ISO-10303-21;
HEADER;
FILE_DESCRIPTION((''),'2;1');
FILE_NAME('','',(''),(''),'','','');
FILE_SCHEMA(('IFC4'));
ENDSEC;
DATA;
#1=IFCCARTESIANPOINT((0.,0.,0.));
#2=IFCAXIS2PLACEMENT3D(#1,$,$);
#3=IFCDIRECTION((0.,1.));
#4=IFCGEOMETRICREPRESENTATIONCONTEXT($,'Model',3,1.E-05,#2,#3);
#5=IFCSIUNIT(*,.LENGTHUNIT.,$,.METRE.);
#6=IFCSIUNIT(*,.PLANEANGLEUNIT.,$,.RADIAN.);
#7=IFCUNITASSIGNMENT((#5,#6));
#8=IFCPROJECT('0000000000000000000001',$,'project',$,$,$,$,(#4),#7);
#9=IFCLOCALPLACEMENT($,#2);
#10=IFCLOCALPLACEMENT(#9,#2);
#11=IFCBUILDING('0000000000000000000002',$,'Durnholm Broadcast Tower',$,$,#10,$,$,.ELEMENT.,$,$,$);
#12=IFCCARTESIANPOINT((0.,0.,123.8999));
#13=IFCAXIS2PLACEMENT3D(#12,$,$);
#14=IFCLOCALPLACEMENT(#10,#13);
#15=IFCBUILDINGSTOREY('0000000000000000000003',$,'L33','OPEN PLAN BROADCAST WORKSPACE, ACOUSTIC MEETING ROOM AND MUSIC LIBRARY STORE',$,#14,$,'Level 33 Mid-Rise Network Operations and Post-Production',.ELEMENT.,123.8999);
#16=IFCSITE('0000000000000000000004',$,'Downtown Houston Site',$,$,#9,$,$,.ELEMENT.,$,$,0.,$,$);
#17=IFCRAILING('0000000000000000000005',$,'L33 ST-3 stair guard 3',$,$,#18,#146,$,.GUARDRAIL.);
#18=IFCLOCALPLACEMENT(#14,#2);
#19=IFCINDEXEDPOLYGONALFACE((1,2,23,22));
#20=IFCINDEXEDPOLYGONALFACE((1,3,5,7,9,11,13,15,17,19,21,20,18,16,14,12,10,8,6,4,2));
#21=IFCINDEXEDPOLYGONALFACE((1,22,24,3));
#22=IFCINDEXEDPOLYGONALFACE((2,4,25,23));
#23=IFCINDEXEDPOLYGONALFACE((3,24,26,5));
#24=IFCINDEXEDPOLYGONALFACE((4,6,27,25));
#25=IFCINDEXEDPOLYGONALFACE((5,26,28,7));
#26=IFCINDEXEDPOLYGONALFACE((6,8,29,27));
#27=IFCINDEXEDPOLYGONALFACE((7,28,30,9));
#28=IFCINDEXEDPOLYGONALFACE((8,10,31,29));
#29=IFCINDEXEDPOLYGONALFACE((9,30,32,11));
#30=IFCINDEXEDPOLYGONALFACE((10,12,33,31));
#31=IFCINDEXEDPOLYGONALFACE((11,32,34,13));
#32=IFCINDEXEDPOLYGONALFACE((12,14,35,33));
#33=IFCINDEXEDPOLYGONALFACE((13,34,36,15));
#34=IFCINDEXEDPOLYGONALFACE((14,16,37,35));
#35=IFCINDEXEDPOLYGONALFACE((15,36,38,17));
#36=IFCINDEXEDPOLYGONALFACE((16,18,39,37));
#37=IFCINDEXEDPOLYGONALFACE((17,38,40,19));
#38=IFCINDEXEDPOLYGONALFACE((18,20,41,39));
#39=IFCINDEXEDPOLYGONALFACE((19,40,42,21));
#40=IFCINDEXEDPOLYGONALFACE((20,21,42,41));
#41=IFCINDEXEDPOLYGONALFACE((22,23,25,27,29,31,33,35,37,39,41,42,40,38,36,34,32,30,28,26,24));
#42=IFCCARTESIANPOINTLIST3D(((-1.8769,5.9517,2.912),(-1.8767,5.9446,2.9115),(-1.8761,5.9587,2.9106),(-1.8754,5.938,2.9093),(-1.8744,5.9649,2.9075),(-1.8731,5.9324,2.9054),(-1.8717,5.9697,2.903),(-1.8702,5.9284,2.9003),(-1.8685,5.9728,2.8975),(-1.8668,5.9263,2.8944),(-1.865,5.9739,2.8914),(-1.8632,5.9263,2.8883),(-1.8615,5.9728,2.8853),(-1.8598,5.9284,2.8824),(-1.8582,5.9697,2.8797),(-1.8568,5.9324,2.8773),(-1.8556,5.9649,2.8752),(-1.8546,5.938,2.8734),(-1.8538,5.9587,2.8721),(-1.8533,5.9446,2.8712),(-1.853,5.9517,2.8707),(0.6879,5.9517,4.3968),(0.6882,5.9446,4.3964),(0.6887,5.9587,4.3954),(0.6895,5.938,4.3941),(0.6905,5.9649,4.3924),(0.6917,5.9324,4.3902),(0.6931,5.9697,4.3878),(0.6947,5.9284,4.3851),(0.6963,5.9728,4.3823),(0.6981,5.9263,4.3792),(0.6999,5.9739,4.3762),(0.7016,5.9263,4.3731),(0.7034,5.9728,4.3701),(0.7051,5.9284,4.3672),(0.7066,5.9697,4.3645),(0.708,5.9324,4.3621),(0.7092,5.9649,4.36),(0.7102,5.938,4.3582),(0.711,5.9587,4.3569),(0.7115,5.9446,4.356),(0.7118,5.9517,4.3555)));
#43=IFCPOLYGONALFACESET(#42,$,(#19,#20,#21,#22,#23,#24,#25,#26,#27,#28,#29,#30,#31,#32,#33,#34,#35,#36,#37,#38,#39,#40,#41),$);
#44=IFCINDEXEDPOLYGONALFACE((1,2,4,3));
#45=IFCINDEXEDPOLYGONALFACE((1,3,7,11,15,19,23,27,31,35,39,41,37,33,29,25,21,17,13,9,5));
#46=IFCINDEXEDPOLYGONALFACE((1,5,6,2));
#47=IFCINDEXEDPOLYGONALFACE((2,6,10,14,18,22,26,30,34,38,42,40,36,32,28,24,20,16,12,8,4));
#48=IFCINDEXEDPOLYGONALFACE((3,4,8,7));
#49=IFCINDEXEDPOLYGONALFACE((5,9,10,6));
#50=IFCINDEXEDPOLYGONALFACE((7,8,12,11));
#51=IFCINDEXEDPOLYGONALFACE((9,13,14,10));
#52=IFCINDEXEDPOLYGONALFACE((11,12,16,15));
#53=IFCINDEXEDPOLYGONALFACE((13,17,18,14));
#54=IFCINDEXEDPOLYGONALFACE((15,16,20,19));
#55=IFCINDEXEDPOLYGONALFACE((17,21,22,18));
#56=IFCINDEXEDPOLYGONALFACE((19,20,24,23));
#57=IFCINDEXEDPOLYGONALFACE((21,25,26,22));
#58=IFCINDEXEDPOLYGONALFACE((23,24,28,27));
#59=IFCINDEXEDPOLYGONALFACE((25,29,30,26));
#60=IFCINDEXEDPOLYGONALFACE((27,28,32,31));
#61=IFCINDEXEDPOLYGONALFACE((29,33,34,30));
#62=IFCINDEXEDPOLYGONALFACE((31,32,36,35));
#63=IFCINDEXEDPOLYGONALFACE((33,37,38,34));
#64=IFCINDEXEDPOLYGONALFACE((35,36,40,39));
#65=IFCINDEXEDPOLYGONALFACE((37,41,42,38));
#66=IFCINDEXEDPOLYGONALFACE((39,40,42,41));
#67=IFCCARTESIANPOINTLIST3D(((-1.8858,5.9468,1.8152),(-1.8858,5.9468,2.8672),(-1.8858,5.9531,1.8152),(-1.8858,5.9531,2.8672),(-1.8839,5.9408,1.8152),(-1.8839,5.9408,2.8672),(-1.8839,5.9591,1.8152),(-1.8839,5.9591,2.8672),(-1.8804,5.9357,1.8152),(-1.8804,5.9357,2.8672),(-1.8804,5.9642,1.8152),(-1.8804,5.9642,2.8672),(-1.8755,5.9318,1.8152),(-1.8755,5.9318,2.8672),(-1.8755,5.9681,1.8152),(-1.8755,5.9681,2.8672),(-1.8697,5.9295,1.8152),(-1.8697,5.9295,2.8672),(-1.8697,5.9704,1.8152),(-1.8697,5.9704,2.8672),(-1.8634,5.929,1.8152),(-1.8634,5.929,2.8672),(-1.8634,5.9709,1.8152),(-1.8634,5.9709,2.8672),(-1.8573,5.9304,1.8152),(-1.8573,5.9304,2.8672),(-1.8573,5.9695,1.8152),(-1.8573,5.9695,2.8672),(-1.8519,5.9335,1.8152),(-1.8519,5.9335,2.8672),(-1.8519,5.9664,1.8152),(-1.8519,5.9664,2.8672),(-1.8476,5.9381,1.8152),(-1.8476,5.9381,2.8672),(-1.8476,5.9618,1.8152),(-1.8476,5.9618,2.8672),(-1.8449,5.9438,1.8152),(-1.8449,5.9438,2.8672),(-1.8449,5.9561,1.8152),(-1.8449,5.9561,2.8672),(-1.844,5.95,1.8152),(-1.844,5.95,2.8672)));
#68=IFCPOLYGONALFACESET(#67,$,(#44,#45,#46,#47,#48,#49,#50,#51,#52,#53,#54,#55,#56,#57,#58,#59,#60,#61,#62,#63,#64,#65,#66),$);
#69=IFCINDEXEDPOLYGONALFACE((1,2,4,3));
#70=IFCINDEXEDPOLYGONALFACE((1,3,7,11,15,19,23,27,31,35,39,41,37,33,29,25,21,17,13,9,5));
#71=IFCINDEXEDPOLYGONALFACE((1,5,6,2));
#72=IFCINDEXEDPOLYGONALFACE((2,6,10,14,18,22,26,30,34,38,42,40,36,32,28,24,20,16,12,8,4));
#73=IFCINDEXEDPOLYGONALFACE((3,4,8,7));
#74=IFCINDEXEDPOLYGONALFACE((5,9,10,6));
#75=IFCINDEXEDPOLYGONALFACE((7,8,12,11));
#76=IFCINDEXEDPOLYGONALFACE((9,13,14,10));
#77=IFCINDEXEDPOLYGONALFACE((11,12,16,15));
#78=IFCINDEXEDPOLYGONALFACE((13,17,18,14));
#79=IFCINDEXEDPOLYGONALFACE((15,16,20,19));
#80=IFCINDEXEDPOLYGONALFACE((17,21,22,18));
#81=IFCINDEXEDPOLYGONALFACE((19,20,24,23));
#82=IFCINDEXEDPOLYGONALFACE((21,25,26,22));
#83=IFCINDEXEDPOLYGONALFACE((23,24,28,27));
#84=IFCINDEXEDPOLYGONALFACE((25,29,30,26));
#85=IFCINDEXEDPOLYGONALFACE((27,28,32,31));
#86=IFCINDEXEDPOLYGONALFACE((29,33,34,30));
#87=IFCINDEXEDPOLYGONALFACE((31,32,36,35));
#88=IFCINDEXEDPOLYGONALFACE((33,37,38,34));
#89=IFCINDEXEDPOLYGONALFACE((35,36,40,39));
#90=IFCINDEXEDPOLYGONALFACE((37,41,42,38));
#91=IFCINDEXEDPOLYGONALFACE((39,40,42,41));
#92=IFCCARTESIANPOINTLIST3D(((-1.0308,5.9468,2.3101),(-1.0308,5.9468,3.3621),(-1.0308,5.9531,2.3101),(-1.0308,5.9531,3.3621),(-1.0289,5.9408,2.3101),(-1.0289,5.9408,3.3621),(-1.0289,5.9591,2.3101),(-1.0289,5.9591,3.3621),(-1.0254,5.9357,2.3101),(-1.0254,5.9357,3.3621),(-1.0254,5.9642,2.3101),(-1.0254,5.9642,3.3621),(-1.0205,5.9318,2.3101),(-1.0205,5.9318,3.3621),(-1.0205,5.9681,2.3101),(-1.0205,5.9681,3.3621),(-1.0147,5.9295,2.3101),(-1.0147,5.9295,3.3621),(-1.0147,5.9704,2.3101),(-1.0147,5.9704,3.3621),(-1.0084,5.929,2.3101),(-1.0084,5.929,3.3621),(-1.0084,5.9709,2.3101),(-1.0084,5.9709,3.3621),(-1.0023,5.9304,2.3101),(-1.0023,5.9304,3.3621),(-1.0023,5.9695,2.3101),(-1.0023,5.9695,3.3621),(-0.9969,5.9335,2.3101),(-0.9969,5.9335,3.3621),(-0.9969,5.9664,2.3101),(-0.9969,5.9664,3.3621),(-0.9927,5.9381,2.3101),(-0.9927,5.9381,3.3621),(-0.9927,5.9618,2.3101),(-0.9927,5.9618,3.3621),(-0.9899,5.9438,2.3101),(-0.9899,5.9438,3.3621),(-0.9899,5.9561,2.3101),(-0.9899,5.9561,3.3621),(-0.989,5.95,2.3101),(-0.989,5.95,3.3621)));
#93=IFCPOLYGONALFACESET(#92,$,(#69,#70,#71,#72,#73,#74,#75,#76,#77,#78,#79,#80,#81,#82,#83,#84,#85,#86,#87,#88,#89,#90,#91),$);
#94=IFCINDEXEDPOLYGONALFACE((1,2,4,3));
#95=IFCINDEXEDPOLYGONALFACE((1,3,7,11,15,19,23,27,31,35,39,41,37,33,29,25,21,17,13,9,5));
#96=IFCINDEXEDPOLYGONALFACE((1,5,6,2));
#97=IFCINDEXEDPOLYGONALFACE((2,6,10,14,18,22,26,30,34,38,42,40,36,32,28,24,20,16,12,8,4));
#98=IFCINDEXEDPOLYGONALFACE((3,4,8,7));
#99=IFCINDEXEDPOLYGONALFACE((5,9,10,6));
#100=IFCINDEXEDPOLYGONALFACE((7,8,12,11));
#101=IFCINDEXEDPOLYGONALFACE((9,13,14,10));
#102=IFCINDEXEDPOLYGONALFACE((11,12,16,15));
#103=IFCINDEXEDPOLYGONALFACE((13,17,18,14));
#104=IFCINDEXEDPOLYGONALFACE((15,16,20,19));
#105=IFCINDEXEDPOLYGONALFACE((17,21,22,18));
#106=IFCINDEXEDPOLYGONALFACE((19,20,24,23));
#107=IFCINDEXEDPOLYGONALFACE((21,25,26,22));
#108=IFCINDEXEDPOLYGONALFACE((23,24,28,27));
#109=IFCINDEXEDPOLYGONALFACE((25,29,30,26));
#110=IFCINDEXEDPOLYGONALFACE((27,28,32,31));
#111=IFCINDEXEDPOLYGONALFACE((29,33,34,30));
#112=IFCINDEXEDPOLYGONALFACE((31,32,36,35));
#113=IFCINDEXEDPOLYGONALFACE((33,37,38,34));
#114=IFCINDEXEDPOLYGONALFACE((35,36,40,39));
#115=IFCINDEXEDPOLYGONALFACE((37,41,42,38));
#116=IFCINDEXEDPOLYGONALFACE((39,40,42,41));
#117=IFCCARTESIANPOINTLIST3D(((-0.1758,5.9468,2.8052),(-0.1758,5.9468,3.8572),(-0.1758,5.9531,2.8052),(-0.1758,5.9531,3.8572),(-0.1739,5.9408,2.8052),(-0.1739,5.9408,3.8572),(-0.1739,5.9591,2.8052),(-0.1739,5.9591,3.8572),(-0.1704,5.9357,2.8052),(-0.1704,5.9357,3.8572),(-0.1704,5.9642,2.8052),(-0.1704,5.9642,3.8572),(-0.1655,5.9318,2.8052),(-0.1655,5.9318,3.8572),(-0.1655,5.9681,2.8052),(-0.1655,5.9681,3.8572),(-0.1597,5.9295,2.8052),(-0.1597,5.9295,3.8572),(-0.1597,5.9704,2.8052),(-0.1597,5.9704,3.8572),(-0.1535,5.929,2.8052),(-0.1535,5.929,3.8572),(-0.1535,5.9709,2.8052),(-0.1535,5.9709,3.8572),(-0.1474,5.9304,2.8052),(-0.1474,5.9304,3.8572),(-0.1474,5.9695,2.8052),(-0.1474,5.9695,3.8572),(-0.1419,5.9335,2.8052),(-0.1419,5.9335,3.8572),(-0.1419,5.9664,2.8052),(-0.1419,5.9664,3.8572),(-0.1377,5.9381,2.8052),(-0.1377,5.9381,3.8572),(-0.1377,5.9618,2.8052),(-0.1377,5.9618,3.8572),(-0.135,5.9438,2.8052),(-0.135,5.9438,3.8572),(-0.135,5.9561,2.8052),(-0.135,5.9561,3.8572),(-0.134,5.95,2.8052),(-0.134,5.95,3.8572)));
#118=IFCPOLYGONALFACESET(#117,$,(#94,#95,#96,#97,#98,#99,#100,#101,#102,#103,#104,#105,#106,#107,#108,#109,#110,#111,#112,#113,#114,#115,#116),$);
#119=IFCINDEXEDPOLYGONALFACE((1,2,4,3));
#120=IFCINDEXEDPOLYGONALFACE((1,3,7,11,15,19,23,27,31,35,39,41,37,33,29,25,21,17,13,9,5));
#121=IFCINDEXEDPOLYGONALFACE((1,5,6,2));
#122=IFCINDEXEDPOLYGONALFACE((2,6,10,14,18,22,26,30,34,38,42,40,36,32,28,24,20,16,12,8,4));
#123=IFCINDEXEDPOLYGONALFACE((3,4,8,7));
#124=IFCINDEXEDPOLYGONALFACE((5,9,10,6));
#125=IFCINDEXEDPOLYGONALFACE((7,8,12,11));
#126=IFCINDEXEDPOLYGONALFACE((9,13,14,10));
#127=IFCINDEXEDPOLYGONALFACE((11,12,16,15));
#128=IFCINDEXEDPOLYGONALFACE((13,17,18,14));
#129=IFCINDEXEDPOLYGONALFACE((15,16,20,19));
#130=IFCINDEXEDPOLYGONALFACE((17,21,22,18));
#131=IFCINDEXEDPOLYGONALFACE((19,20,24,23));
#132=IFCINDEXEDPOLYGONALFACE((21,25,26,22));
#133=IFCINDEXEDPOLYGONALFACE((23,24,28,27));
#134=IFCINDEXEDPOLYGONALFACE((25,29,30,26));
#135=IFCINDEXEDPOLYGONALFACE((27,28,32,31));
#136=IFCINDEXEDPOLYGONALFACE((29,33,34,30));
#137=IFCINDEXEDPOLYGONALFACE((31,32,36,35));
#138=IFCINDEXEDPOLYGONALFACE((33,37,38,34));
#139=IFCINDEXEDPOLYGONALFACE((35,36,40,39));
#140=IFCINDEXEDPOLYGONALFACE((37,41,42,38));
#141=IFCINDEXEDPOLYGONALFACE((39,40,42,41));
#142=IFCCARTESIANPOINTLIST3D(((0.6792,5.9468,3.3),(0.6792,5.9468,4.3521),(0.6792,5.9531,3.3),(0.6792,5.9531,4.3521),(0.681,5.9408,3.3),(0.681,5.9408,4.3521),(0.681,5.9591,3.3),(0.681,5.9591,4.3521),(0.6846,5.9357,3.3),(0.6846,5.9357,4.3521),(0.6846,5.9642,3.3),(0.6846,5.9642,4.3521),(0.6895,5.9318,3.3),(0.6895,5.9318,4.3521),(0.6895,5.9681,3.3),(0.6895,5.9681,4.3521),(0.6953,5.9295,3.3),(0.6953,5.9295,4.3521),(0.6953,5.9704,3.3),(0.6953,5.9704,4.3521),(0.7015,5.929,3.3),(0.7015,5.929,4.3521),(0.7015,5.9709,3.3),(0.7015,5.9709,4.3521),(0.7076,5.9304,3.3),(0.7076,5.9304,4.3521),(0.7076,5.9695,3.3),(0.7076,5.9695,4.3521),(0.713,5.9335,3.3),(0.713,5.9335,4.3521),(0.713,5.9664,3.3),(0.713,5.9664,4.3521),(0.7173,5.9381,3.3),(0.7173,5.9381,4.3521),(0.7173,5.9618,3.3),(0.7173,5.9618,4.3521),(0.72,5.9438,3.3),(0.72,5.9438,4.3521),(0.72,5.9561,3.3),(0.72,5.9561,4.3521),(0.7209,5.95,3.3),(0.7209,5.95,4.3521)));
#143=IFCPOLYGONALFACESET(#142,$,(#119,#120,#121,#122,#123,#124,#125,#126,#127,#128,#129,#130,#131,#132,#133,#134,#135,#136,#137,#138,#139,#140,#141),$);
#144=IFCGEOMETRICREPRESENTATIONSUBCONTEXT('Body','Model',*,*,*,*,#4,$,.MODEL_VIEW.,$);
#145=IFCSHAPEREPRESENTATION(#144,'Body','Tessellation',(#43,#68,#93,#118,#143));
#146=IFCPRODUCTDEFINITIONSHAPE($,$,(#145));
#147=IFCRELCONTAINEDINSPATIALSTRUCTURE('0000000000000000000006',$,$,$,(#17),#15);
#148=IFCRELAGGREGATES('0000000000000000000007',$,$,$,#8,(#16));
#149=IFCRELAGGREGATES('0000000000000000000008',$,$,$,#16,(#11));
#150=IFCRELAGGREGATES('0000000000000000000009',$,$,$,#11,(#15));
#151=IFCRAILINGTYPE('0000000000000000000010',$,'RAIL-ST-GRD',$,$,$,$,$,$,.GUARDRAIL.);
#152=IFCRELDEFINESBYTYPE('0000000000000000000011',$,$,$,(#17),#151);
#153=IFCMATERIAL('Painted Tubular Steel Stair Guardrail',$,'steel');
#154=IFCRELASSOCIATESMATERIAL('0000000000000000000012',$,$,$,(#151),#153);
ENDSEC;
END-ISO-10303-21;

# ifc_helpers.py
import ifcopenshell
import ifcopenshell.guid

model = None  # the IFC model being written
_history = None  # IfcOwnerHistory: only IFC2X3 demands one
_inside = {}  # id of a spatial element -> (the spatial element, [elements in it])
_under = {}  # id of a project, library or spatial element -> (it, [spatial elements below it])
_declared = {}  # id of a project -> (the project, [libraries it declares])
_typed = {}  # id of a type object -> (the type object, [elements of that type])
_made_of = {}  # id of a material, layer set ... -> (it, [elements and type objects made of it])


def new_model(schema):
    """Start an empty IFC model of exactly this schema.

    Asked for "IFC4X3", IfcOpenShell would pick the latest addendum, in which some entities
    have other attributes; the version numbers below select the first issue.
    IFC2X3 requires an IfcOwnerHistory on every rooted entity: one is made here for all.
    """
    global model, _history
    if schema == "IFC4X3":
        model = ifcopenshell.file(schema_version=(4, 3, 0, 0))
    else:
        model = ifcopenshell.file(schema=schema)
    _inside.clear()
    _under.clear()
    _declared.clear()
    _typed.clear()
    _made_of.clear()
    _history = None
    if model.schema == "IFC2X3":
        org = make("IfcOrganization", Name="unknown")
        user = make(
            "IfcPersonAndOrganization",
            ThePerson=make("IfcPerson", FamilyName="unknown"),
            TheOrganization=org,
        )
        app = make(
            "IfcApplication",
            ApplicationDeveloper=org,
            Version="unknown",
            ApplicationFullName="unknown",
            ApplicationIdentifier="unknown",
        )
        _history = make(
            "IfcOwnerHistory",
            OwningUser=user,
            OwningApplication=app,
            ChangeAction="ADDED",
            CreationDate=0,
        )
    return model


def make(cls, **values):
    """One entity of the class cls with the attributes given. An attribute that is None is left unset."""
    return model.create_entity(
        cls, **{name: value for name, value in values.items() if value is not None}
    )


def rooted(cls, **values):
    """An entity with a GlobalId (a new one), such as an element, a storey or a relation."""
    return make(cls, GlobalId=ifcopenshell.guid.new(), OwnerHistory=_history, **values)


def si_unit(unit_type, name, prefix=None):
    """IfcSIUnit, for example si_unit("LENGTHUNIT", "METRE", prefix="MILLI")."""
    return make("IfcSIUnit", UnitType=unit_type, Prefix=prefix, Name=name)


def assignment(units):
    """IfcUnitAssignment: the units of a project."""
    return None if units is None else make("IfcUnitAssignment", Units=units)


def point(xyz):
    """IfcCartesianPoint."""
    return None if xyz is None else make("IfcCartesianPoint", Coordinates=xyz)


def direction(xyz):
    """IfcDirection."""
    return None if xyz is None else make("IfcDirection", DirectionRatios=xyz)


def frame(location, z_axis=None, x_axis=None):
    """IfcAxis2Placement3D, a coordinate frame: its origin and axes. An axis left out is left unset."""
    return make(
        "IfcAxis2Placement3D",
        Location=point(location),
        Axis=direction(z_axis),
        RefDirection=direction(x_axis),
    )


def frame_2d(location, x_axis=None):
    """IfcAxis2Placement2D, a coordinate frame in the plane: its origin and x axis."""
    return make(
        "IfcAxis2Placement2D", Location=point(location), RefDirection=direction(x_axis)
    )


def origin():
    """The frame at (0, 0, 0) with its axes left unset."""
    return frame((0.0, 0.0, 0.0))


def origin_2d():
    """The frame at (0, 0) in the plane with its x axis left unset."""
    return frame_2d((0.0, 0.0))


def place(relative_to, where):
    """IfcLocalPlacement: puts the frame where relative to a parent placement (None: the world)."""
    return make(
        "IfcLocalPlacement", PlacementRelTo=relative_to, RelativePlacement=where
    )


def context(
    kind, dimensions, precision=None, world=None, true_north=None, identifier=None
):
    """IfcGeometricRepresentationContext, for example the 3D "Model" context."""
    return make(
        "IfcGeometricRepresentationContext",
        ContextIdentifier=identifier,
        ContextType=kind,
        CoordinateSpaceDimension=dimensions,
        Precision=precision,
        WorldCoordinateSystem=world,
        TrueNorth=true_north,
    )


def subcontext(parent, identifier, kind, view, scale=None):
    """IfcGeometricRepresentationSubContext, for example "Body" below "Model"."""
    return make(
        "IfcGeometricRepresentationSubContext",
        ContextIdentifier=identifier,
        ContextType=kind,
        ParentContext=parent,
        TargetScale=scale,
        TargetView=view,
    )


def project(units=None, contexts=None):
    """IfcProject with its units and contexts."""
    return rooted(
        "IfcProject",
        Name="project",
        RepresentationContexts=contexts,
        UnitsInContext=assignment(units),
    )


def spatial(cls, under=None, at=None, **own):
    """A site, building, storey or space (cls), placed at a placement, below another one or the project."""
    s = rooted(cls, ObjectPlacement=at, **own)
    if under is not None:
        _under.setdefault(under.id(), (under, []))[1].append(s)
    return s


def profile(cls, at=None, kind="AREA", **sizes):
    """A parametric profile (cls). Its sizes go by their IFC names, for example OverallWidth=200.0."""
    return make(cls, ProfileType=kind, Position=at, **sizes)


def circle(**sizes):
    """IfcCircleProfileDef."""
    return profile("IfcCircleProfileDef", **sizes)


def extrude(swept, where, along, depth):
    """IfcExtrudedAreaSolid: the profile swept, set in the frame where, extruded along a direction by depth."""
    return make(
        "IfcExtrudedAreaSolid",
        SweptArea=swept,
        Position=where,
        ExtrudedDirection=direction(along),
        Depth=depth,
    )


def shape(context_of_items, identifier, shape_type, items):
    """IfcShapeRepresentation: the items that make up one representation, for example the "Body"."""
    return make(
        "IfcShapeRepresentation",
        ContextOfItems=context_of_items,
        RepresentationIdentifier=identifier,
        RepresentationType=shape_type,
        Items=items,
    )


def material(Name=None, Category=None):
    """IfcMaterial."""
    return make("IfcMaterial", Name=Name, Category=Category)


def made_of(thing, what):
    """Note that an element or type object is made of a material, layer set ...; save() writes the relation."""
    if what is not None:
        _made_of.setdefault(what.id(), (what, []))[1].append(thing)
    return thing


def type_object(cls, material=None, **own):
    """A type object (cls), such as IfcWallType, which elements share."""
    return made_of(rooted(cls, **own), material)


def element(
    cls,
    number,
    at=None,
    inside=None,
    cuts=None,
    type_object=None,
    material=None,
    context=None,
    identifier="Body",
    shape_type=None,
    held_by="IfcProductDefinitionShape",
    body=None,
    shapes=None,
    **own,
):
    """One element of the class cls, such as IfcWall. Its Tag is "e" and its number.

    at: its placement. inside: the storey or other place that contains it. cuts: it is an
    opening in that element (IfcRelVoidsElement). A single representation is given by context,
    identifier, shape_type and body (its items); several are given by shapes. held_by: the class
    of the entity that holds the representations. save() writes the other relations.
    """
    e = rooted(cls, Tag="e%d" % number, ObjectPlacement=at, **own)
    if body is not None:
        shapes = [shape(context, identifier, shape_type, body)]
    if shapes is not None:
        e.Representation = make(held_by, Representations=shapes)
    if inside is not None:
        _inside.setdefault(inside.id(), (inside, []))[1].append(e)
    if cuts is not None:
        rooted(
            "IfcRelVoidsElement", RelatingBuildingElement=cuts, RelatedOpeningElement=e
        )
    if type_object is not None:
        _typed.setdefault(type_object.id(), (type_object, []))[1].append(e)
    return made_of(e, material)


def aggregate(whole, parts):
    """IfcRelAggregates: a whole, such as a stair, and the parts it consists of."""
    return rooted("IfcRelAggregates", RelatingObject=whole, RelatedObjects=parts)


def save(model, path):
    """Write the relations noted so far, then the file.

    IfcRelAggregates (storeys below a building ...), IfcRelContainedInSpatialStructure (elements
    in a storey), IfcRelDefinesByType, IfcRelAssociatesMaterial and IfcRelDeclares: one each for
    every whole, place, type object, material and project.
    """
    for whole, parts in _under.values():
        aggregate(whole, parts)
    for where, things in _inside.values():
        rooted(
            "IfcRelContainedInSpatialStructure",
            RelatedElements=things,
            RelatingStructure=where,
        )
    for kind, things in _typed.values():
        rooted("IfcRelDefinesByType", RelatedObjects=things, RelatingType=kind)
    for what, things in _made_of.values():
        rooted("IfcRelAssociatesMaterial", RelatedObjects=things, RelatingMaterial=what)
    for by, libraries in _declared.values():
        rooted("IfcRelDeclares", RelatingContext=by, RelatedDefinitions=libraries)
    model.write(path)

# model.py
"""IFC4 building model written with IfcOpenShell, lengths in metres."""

from ifc_helpers import new_model, si_unit, direction, frame, origin, origin_2d, place, context, subcontext, project, spatial, circle, extrude, material, type_object, element, save


model = new_model("IFC4")

# Units and contexts
model_context = context("Model", 3, precision=1e-05, world=origin(), true_north=direction((0.0, 1.0)))
body_context = subcontext(model_context, "Body", "Model", "MODEL_VIEW")
ifc_project = project(units=[si_unit("LENGTHUNIT", "METRE"), si_unit("PLANEANGLEUNIT", "RADIAN")], contexts=[model_context])

# Site, building, storey
site_placement = place(None, origin())
site = spatial("IfcSite", under=ifc_project, at=site_placement, Name="Downtown Houston Site", CompositionType="ELEMENT", RefElevation=0.0)
building_placement = place(site_placement, origin())
building = spatial("IfcBuilding", under=site, at=building_placement, Name="Durnholm Broadcast Tower", CompositionType="ELEMENT")
storey_placement = place(building_placement, frame((0.0, 0.0, 123.8999)))
storey = spatial("IfcBuildingStorey", under=building, at=storey_placement, Name="L33", Description="OPEN PLAN BROADCAST WORKSPACE, ACOUSTIC MEETING ROOM AND MUSIC LIBRARY STORE", LongName="Level 33 Mid-Rise Network Operations and Post-Production", CompositionType="ELEMENT", Elevation=123.8999)

# Railing
ifc_material_1 = material(Name="Painted Tubular Steel Stair Guardrail", Category="steel")
railing_type_1 = type_object("IfcRailingType", Name="RAIL-ST-GRD", PredefinedType="GUARDRAIL", material=ifc_material_1)
railing_1_placement = place(storey_placement, frame((-1.865, 5.95, 1.8152)))
element("IfcRailing", 1, at=railing_1_placement, inside=storey, type_object=railing_type_1, Name="L33 ST-3 stair guard 3", PredefinedType="GUARDRAIL", context=body_context, shape_type="SweptSolid", body=[
    extrude(circle(Radius=0.0239, at=origin_2d()), frame((0.0, 0.0, 1.0762), z_axis=(0.865441, 0.0, 0.50101), x_axis=(0.0, 1.0, 0.0)), (0.0, 0.0, 1.0), 2.9636),
    extrude(circle(Radius=0.021, at=origin_2d()), origin(), (0.0, 0.0, 1.0), 1.052),
    extrude(circle(Radius=0.021, at=origin_2d()), frame((0.855, 0.0, 0.4949)), (0.0, 0.0, 1.0), 1.052),
    extrude(circle(Radius=0.021, at=origin_2d()), frame((1.71, 0.0, 0.99)), (0.0, 0.0, 1.0), 1.052),
    extrude(circle(Radius=0.021, at=origin_2d()), frame((2.5649, 0.0, 1.4849)), (0.0, 0.0, 1.0), 1.052),
])

save(model, "model.ifc")
